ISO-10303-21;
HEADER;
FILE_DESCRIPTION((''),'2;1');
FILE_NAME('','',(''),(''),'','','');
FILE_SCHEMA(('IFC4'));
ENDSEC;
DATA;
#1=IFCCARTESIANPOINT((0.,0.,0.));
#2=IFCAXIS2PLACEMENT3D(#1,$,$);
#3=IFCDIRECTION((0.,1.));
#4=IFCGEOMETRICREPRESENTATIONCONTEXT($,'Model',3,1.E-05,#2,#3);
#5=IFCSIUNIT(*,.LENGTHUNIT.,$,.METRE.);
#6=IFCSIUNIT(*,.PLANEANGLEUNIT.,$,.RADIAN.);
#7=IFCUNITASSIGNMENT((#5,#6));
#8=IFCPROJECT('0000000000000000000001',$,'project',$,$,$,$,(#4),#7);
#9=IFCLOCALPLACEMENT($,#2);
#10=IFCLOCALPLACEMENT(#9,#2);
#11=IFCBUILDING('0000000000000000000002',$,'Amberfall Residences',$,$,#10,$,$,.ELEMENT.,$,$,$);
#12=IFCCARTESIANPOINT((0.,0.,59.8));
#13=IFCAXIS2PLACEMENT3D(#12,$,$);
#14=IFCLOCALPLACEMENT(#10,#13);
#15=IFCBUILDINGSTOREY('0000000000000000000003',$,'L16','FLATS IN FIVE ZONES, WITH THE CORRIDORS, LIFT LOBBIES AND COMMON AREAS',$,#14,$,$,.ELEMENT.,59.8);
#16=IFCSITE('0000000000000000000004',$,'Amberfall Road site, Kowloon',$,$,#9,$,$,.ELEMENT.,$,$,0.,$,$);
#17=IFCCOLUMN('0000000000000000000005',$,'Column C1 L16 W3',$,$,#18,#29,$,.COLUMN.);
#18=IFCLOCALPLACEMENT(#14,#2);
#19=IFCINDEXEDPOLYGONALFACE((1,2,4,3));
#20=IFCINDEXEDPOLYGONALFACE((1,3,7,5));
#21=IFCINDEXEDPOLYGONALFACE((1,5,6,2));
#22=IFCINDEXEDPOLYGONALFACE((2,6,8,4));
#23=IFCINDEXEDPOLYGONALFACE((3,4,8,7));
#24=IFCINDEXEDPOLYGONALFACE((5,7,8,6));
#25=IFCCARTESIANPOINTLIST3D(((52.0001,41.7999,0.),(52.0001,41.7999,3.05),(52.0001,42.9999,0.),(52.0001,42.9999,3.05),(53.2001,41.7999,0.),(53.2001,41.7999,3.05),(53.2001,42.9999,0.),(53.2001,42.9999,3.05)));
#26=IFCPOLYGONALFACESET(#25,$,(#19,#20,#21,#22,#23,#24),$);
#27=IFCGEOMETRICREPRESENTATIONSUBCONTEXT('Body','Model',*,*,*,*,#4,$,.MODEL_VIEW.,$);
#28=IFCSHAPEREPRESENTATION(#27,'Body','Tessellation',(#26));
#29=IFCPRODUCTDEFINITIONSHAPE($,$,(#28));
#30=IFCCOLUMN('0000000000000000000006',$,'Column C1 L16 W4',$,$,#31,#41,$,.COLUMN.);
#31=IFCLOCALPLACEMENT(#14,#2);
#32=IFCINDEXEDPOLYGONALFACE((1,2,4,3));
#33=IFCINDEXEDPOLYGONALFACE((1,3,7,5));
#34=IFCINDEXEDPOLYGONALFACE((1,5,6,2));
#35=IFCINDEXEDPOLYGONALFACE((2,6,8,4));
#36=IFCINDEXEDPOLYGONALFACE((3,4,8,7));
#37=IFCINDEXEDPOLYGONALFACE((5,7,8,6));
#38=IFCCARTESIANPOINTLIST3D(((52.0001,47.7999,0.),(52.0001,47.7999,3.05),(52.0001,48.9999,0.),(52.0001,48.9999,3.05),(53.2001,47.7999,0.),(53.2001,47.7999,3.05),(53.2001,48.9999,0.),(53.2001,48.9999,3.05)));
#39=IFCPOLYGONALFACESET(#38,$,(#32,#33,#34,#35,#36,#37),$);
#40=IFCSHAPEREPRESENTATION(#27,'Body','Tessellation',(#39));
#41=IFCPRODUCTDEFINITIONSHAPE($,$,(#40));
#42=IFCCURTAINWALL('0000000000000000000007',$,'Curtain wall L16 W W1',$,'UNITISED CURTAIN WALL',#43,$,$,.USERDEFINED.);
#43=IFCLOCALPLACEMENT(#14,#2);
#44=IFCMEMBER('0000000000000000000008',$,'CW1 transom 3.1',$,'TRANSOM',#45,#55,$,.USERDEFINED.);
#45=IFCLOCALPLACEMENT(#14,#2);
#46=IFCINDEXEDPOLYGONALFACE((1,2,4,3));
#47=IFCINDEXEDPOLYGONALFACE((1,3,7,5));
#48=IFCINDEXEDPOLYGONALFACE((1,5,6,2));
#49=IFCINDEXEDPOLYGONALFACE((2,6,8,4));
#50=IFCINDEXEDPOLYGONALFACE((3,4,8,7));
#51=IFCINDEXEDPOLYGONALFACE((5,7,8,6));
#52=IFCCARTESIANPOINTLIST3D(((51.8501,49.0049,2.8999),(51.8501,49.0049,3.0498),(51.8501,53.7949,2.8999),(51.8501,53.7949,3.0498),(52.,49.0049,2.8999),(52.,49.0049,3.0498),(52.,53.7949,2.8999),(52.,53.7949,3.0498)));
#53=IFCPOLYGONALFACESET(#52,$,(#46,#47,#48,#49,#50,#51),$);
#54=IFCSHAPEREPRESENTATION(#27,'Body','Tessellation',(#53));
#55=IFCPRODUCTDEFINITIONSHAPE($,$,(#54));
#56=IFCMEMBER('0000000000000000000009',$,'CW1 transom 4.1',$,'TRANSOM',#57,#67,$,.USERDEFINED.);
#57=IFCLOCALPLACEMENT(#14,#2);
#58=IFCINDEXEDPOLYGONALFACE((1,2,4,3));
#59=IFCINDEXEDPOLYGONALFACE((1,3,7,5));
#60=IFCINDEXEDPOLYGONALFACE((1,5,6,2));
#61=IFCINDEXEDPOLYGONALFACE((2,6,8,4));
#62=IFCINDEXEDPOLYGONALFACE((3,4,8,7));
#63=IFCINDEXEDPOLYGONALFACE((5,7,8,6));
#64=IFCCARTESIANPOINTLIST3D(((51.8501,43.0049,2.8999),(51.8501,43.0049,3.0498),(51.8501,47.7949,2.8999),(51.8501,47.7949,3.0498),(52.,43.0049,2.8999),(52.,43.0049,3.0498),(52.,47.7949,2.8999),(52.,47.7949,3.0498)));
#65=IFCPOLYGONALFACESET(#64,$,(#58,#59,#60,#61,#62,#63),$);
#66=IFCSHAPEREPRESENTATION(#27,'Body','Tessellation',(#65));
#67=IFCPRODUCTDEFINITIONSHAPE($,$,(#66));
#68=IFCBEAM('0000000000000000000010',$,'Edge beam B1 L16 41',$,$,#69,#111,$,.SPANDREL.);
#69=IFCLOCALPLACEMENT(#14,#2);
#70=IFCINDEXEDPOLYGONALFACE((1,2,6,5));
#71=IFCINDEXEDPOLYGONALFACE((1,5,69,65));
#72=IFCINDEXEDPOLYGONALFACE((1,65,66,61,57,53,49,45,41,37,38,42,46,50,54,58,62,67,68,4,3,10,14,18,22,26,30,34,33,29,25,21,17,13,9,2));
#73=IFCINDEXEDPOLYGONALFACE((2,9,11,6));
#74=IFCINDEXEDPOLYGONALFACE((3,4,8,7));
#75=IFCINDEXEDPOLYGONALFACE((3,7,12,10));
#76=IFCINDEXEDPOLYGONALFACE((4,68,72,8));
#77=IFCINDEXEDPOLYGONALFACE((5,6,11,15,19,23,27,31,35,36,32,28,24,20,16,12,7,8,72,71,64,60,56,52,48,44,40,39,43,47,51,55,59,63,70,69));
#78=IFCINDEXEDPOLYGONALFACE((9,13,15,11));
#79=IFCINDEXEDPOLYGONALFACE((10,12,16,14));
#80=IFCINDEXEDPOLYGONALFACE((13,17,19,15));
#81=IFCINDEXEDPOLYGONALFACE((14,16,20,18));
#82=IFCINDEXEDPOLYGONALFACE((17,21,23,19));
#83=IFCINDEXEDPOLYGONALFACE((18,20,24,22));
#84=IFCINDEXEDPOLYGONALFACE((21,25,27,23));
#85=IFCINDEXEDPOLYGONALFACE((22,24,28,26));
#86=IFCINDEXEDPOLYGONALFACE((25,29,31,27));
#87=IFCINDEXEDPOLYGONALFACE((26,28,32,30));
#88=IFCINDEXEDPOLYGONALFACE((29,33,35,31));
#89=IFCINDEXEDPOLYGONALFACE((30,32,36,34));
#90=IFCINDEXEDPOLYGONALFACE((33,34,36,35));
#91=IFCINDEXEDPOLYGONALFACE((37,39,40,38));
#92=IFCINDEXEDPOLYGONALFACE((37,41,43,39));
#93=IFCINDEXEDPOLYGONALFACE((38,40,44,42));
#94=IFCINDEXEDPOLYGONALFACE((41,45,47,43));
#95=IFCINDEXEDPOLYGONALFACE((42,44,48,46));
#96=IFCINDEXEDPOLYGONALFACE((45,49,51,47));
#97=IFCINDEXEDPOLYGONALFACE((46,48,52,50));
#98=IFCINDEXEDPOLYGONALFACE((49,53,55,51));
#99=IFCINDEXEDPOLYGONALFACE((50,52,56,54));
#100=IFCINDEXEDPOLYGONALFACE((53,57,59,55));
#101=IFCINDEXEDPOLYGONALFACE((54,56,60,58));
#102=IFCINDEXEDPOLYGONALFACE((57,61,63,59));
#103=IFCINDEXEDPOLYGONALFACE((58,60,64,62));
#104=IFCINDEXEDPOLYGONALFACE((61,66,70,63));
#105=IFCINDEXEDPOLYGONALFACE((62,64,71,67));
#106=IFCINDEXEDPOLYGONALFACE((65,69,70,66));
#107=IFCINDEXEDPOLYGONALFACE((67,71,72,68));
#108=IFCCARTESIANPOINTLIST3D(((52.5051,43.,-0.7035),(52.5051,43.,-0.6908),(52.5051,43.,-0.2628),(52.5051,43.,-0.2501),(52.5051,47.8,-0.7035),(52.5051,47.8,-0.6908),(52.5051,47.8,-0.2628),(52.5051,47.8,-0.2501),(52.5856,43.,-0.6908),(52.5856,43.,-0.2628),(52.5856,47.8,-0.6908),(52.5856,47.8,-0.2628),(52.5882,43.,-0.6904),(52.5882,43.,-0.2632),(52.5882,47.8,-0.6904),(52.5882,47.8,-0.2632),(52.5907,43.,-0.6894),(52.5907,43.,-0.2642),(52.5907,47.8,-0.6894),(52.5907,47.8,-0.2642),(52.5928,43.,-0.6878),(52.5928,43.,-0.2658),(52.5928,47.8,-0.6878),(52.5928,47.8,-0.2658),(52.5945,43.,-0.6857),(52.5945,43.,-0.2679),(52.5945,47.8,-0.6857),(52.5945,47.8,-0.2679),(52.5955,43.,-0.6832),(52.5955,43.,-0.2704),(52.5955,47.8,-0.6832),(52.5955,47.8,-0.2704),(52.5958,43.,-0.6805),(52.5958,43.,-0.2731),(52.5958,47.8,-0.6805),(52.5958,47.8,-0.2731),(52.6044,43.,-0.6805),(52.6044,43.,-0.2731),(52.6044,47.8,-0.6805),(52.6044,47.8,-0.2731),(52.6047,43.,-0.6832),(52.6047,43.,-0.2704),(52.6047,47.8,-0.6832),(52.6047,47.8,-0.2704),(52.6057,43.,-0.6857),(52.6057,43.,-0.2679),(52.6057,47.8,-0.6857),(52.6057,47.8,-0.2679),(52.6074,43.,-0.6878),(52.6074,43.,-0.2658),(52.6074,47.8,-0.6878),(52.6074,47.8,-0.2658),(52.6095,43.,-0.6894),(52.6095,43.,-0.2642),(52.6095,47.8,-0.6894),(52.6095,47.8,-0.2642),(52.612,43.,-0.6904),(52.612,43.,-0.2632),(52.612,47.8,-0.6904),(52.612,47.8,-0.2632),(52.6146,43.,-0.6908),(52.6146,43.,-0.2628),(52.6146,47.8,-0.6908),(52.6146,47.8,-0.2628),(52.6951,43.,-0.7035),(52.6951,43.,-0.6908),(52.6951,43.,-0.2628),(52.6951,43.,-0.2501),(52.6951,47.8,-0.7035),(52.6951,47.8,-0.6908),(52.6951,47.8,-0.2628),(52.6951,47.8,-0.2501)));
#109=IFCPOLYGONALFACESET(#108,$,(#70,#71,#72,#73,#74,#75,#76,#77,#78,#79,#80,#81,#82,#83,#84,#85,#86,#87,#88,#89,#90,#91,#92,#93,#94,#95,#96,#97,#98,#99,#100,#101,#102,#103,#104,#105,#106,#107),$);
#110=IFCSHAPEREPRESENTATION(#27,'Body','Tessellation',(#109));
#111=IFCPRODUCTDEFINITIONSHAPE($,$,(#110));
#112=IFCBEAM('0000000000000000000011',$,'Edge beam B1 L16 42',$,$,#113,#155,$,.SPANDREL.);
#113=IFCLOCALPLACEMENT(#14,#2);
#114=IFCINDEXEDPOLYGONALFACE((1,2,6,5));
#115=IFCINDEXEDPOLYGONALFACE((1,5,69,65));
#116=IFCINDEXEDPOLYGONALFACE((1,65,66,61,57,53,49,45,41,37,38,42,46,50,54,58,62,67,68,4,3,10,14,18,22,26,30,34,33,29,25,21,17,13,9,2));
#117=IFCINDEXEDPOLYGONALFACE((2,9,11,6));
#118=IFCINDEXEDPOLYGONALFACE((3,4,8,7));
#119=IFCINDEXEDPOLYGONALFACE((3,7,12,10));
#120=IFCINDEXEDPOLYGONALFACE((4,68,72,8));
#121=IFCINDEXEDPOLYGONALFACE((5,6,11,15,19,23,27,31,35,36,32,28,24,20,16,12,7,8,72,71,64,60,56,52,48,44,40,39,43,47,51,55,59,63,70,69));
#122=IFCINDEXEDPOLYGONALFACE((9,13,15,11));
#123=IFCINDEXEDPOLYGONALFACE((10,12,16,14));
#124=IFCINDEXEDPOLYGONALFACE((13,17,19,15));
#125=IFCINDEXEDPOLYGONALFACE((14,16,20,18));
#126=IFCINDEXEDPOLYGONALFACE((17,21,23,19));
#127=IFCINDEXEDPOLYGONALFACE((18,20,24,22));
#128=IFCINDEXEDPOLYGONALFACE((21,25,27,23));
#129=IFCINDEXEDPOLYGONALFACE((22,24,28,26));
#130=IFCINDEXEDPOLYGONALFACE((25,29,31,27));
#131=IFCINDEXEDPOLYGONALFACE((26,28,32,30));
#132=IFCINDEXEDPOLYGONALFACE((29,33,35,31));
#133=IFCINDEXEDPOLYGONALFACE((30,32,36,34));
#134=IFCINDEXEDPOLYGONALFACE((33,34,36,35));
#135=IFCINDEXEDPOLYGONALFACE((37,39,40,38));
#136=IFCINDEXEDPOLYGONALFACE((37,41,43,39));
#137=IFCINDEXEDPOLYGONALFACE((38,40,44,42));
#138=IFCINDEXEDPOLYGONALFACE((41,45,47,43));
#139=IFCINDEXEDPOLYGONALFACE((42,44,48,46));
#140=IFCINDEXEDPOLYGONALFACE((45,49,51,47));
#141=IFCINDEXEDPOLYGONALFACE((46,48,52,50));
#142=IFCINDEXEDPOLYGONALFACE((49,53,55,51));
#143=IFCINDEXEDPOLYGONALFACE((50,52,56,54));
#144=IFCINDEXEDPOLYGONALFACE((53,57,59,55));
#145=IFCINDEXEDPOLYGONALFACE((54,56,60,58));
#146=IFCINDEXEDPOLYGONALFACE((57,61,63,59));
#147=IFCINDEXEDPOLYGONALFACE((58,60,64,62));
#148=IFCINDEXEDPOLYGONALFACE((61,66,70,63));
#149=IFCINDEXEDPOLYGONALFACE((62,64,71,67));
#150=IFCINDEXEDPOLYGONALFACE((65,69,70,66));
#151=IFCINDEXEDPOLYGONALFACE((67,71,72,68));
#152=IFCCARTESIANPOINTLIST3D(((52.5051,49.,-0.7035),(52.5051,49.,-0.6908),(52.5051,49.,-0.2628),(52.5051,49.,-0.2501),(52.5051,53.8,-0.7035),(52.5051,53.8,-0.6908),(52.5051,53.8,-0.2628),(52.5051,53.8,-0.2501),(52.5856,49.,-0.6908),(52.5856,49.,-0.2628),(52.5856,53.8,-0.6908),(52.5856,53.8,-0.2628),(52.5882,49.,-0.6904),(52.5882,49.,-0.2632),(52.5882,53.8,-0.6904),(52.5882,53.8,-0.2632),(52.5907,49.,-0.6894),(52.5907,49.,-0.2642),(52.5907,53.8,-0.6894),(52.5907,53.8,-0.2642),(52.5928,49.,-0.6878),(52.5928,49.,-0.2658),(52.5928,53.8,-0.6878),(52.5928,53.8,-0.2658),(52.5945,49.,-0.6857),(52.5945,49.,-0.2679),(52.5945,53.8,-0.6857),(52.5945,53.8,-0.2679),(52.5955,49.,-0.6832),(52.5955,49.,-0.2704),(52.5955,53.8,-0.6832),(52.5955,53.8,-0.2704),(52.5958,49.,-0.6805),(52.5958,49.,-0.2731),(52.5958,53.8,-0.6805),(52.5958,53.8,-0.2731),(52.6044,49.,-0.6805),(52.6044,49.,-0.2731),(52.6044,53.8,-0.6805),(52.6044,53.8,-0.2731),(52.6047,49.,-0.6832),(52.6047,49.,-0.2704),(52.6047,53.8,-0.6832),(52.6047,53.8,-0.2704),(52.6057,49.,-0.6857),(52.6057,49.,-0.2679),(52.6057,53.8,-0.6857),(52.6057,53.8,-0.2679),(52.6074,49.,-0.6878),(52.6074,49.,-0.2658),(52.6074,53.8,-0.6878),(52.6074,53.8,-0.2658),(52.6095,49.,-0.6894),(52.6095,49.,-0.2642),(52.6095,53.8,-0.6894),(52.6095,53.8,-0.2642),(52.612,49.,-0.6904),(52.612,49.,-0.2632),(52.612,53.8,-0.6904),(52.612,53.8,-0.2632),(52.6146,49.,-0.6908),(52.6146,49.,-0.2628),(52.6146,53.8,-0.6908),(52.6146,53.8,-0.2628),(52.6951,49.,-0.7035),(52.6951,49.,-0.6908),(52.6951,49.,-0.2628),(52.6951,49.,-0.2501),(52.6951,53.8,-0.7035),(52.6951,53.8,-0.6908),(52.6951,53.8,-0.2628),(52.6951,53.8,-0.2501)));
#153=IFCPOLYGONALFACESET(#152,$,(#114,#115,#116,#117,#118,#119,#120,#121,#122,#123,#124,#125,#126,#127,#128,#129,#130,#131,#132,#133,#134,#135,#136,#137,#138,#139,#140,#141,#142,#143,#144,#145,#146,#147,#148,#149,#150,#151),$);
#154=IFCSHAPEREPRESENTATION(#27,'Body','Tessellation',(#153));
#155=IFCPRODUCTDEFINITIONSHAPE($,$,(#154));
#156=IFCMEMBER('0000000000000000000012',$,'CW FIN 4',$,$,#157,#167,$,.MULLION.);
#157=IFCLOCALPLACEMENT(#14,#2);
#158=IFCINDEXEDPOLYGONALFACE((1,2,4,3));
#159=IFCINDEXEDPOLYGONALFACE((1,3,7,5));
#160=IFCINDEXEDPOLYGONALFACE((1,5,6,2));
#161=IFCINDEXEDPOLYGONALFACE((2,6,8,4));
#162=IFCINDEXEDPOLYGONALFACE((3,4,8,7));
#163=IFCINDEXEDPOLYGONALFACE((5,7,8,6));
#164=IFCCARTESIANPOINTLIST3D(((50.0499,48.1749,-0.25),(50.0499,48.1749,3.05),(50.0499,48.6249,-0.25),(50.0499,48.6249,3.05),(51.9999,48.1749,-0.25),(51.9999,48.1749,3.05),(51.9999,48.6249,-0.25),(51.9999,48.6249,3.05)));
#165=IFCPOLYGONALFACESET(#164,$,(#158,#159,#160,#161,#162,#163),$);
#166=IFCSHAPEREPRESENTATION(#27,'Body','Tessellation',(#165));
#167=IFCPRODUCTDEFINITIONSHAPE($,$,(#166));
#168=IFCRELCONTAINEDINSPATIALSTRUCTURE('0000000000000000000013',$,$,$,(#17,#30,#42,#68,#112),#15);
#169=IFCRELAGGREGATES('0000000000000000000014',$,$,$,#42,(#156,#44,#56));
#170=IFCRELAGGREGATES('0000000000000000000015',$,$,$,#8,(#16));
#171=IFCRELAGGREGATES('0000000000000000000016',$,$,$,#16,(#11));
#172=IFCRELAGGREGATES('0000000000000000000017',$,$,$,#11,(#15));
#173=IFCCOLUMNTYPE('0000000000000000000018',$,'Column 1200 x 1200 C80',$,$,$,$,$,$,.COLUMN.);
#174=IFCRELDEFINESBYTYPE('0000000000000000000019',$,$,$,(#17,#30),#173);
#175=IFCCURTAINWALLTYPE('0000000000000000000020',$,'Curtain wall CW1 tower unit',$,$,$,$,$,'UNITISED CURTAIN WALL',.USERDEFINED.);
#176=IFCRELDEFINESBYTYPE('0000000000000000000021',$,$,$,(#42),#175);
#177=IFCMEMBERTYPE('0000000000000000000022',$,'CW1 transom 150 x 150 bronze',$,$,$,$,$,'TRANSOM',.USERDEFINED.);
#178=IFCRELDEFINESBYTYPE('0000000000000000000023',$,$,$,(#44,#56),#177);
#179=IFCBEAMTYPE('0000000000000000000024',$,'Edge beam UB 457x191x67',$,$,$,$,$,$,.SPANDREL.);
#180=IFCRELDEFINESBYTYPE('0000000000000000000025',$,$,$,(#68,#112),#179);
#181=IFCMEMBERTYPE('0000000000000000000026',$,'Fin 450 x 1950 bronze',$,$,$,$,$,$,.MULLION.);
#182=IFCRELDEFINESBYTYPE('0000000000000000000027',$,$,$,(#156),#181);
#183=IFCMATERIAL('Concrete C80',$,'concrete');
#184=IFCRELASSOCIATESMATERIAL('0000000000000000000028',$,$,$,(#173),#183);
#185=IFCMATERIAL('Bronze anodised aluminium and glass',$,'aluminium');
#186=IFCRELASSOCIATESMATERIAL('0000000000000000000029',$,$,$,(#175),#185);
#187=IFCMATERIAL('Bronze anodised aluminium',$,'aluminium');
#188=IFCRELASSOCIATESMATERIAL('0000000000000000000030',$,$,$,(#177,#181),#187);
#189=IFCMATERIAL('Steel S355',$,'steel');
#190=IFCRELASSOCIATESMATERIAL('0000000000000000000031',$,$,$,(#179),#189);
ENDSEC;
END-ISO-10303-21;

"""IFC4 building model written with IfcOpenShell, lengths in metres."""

from ifc_helpers import new_model, si_unit, direction, frame, origin, origin_2d, place, context, subcontext, project, spatial, rectangle, i_section, extrude, material, material_profile, profile_set, type_object, element, aggregate, save


model = new_model("IFC4")

# Units and contexts
model_context = context("Model", 3, precision=1e-05, world=origin(), true_north=direction((0.0, 1.0)))
body_context = subcontext(model_context, "Body", "Model", "MODEL_VIEW")
ifc_project = project(units=[si_unit("LENGTHUNIT", "METRE"), si_unit("PLANEANGLEUNIT", "RADIAN")], contexts=[model_context])

# Site, building, storey
site_placement = place(None, origin())
site = spatial("IfcSite", under=ifc_project, at=site_placement, Name="Amberfall Road site, Kowloon", CompositionType="ELEMENT", RefElevation=0.0)
building_placement = place(site_placement, origin())
building = spatial("IfcBuilding", under=site, at=building_placement, Name="Amberfall Residences", CompositionType="ELEMENT")
storey_placement = place(building_placement, frame((0.0, 0.0, 59.8)))
storey = spatial("IfcBuildingStorey", under=building, at=storey_placement, Name="L16", Description="FLATS IN FIVE ZONES, WITH THE CORRIDORS, LIFT LOBBIES AND COMMON AREAS", CompositionType="ELEMENT", Elevation=59.8)

# Columns
ifc_material_1 = material(Name="Concrete C80", Category="concrete")
ifc_material_profile_1 = material_profile(ifc_material_1, rectangle(XDim=1.2, YDim=1.2, at=origin_2d()), Name="Column 1200 x 1200 C80")
ifc_profile_set_1 = profile_set([ifc_material_profile_1], Name="Concrete C80")
column_type = type_object("IfcColumnType", Name="Column 1200 x 1200 C80", PredefinedType="COLUMN", material=ifc_profile_set_1)
for number, where, z_axis, x_axis, name in (
    (1, (52.6001, 42.3999, 0.0), (0.0, 0.0, 1.0), (1.0, 0.0, 0.0), "Column C1 L16 W3"),
    (2, (52.6001, 48.3999, 0.0), (0.0, 0.0, 1.0), (1.0, 0.0, 0.0), "Column C1 L16 W4"),
):
    element("IfcColumn", number, at=place(storey_placement, frame(where, z_axis=z_axis, x_axis=x_axis)), inside=storey, type_object=column_type, Name=name, PredefinedType="COLUMN", context=body_context, shape_type="SweptSolid", body=[
        extrude(rectangle(XDim=1.2, YDim=1.2, at=origin_2d()), origin(), (0.0, 0.0, 1.0), 3.05),
    ])

# Curtain wall, members
ifc_material_2 = material(Name="Bronze anodised aluminium and glass", Category="aluminium")
curtain_wall_type = type_object("IfcCurtainWallType", Name="Curtain wall CW1 tower unit", ElementType="UNITISED CURTAIN WALL", PredefinedType="USERDEFINED", material=ifc_material_2)
curtain_wall_placement = place(storey_placement, origin())
curtain_wall = element("IfcCurtainWall", 3, at=curtain_wall_placement, inside=storey, type_object=curtain_wall_type, Name="Curtain wall L16 W W1", ObjectType="UNITISED CURTAIN WALL", PredefinedType="USERDEFINED")
ifc_material_3 = material(Name="Bronze anodised aluminium", Category="aluminium")
ifc_material_profile_2 = material_profile(ifc_material_3, rectangle(XDim=0.1499, YDim=0.1499, at=origin_2d()), Name="CW1 transom 150 x 150 bronze")
ifc_profile_set_2 = profile_set([ifc_material_profile_2], Name="Bronze anodised aluminium")
member_type_1 = type_object("IfcMemberType", Name="CW1 transom 150 x 150 bronze", ElementType="TRANSOM", PredefinedType="USERDEFINED", material=ifc_profile_set_2)
member_1_placement = place(storey_placement, frame((51.925, 53.7949, 2.9749), z_axis=(0.0, -1.0, 0.0), x_axis=(1.0, 0.0, 0.0)))
member_1 = element("IfcMember", 4, at=member_1_placement, type_object=member_type_1, Name="CW1 transom 3.1", ObjectType="TRANSOM", PredefinedType="USERDEFINED", context=body_context, shape_type="SweptSolid", body=[
    extrude(rectangle(XDim=0.1499, YDim=0.1499, at=origin_2d()), origin(), (0.0, 0.0, 1.0), 4.79),
])
member_2_placement = place(storey_placement, frame((51.925, 47.7949, 2.9749), z_axis=(0.0, -1.0, 0.0), x_axis=(1.0, 0.0, 0.0)))
member_2 = element("IfcMember", 5, at=member_2_placement, type_object=member_type_1, Name="CW1 transom 4.1", ObjectType="TRANSOM", PredefinedType="USERDEFINED", context=body_context, shape_type="SweptSolid", body=[
    extrude(rectangle(XDim=0.1499, YDim=0.1499, at=origin_2d()), origin(), (0.0, 0.0, 1.0), 4.79),
])

# Beams
ifc_material_4 = material(Name="Steel S355", Category="steel")
ifc_material_profile_3 = material_profile(ifc_material_4, i_section(OverallWidth=0.1899, OverallDepth=0.4534, WebThickness=0.0085, FlangeThickness=0.0127, FilletRadius=0.0103, at=origin_2d()), Name="UB 457x191x67")
ifc_profile_set_3 = profile_set([ifc_material_profile_3], Name="Steel S355")
beam_type_1 = type_object("IfcBeamType", Name="Edge beam UB 457x191x67", PredefinedType="SPANDREL", material=ifc_profile_set_3)
for number, where, z_axis, x_axis, name in (
    (6, (52.6001, 43.0, -0.4768), (0.0, 1.0, 0.0), (-1.0, 0.0, 0.0), "Edge beam B1 L16 41"),
    (7, (52.6001, 49.0, -0.4768), (0.0, 1.0, 0.0), (-1.0, 0.0, 0.0), "Edge beam B1 L16 42"),
):
    element("IfcBeam", number, at=place(storey_placement, frame(where, z_axis=z_axis, x_axis=x_axis)), inside=storey, type_object=beam_type_1, Name=name, PredefinedType="SPANDREL", context=body_context, shape_type="SweptSolid", body=[
        extrude(i_section(OverallWidth=0.1899, OverallDepth=0.4534, WebThickness=0.0085, FlangeThickness=0.0127, FilletRadius=0.0103, at=origin_2d()), origin(), (0.0, 0.0, 1.0), 4.8),
    ])

# Member
ifc_material_profile_4 = material_profile(ifc_material_3, rectangle(XDim=1.95, YDim=0.45, at=origin_2d()), Name="Fin 450 x 1950 bronze")
ifc_profile_set_4 = profile_set([ifc_material_profile_4], Name="Bronze anodised aluminium")
member_type_2 = type_object("IfcMemberType", Name="Fin 450 x 1950 bronze", PredefinedType="MULLION", material=ifc_profile_set_4)
member_3_placement = place(storey_placement, frame((51.0249, 48.3999, -0.25), z_axis=(0.0, 0.0, 1.0), x_axis=(1.0, 0.0, 0.0)))
member_3 = element("IfcMember", 8, at=member_3_placement, type_object=member_type_2, Name="CW FIN 4", PredefinedType="MULLION", context=body_context, shape_type="SweptSolid", body=[
    extrude(rectangle(XDim=1.95, YDim=0.45, at=origin_2d()), origin(), (0.0, 0.0, 1.0), 3.3),
])

aggregate(curtain_wall, [member_3, member_1, member_2])

save(model, "model.ifc")
